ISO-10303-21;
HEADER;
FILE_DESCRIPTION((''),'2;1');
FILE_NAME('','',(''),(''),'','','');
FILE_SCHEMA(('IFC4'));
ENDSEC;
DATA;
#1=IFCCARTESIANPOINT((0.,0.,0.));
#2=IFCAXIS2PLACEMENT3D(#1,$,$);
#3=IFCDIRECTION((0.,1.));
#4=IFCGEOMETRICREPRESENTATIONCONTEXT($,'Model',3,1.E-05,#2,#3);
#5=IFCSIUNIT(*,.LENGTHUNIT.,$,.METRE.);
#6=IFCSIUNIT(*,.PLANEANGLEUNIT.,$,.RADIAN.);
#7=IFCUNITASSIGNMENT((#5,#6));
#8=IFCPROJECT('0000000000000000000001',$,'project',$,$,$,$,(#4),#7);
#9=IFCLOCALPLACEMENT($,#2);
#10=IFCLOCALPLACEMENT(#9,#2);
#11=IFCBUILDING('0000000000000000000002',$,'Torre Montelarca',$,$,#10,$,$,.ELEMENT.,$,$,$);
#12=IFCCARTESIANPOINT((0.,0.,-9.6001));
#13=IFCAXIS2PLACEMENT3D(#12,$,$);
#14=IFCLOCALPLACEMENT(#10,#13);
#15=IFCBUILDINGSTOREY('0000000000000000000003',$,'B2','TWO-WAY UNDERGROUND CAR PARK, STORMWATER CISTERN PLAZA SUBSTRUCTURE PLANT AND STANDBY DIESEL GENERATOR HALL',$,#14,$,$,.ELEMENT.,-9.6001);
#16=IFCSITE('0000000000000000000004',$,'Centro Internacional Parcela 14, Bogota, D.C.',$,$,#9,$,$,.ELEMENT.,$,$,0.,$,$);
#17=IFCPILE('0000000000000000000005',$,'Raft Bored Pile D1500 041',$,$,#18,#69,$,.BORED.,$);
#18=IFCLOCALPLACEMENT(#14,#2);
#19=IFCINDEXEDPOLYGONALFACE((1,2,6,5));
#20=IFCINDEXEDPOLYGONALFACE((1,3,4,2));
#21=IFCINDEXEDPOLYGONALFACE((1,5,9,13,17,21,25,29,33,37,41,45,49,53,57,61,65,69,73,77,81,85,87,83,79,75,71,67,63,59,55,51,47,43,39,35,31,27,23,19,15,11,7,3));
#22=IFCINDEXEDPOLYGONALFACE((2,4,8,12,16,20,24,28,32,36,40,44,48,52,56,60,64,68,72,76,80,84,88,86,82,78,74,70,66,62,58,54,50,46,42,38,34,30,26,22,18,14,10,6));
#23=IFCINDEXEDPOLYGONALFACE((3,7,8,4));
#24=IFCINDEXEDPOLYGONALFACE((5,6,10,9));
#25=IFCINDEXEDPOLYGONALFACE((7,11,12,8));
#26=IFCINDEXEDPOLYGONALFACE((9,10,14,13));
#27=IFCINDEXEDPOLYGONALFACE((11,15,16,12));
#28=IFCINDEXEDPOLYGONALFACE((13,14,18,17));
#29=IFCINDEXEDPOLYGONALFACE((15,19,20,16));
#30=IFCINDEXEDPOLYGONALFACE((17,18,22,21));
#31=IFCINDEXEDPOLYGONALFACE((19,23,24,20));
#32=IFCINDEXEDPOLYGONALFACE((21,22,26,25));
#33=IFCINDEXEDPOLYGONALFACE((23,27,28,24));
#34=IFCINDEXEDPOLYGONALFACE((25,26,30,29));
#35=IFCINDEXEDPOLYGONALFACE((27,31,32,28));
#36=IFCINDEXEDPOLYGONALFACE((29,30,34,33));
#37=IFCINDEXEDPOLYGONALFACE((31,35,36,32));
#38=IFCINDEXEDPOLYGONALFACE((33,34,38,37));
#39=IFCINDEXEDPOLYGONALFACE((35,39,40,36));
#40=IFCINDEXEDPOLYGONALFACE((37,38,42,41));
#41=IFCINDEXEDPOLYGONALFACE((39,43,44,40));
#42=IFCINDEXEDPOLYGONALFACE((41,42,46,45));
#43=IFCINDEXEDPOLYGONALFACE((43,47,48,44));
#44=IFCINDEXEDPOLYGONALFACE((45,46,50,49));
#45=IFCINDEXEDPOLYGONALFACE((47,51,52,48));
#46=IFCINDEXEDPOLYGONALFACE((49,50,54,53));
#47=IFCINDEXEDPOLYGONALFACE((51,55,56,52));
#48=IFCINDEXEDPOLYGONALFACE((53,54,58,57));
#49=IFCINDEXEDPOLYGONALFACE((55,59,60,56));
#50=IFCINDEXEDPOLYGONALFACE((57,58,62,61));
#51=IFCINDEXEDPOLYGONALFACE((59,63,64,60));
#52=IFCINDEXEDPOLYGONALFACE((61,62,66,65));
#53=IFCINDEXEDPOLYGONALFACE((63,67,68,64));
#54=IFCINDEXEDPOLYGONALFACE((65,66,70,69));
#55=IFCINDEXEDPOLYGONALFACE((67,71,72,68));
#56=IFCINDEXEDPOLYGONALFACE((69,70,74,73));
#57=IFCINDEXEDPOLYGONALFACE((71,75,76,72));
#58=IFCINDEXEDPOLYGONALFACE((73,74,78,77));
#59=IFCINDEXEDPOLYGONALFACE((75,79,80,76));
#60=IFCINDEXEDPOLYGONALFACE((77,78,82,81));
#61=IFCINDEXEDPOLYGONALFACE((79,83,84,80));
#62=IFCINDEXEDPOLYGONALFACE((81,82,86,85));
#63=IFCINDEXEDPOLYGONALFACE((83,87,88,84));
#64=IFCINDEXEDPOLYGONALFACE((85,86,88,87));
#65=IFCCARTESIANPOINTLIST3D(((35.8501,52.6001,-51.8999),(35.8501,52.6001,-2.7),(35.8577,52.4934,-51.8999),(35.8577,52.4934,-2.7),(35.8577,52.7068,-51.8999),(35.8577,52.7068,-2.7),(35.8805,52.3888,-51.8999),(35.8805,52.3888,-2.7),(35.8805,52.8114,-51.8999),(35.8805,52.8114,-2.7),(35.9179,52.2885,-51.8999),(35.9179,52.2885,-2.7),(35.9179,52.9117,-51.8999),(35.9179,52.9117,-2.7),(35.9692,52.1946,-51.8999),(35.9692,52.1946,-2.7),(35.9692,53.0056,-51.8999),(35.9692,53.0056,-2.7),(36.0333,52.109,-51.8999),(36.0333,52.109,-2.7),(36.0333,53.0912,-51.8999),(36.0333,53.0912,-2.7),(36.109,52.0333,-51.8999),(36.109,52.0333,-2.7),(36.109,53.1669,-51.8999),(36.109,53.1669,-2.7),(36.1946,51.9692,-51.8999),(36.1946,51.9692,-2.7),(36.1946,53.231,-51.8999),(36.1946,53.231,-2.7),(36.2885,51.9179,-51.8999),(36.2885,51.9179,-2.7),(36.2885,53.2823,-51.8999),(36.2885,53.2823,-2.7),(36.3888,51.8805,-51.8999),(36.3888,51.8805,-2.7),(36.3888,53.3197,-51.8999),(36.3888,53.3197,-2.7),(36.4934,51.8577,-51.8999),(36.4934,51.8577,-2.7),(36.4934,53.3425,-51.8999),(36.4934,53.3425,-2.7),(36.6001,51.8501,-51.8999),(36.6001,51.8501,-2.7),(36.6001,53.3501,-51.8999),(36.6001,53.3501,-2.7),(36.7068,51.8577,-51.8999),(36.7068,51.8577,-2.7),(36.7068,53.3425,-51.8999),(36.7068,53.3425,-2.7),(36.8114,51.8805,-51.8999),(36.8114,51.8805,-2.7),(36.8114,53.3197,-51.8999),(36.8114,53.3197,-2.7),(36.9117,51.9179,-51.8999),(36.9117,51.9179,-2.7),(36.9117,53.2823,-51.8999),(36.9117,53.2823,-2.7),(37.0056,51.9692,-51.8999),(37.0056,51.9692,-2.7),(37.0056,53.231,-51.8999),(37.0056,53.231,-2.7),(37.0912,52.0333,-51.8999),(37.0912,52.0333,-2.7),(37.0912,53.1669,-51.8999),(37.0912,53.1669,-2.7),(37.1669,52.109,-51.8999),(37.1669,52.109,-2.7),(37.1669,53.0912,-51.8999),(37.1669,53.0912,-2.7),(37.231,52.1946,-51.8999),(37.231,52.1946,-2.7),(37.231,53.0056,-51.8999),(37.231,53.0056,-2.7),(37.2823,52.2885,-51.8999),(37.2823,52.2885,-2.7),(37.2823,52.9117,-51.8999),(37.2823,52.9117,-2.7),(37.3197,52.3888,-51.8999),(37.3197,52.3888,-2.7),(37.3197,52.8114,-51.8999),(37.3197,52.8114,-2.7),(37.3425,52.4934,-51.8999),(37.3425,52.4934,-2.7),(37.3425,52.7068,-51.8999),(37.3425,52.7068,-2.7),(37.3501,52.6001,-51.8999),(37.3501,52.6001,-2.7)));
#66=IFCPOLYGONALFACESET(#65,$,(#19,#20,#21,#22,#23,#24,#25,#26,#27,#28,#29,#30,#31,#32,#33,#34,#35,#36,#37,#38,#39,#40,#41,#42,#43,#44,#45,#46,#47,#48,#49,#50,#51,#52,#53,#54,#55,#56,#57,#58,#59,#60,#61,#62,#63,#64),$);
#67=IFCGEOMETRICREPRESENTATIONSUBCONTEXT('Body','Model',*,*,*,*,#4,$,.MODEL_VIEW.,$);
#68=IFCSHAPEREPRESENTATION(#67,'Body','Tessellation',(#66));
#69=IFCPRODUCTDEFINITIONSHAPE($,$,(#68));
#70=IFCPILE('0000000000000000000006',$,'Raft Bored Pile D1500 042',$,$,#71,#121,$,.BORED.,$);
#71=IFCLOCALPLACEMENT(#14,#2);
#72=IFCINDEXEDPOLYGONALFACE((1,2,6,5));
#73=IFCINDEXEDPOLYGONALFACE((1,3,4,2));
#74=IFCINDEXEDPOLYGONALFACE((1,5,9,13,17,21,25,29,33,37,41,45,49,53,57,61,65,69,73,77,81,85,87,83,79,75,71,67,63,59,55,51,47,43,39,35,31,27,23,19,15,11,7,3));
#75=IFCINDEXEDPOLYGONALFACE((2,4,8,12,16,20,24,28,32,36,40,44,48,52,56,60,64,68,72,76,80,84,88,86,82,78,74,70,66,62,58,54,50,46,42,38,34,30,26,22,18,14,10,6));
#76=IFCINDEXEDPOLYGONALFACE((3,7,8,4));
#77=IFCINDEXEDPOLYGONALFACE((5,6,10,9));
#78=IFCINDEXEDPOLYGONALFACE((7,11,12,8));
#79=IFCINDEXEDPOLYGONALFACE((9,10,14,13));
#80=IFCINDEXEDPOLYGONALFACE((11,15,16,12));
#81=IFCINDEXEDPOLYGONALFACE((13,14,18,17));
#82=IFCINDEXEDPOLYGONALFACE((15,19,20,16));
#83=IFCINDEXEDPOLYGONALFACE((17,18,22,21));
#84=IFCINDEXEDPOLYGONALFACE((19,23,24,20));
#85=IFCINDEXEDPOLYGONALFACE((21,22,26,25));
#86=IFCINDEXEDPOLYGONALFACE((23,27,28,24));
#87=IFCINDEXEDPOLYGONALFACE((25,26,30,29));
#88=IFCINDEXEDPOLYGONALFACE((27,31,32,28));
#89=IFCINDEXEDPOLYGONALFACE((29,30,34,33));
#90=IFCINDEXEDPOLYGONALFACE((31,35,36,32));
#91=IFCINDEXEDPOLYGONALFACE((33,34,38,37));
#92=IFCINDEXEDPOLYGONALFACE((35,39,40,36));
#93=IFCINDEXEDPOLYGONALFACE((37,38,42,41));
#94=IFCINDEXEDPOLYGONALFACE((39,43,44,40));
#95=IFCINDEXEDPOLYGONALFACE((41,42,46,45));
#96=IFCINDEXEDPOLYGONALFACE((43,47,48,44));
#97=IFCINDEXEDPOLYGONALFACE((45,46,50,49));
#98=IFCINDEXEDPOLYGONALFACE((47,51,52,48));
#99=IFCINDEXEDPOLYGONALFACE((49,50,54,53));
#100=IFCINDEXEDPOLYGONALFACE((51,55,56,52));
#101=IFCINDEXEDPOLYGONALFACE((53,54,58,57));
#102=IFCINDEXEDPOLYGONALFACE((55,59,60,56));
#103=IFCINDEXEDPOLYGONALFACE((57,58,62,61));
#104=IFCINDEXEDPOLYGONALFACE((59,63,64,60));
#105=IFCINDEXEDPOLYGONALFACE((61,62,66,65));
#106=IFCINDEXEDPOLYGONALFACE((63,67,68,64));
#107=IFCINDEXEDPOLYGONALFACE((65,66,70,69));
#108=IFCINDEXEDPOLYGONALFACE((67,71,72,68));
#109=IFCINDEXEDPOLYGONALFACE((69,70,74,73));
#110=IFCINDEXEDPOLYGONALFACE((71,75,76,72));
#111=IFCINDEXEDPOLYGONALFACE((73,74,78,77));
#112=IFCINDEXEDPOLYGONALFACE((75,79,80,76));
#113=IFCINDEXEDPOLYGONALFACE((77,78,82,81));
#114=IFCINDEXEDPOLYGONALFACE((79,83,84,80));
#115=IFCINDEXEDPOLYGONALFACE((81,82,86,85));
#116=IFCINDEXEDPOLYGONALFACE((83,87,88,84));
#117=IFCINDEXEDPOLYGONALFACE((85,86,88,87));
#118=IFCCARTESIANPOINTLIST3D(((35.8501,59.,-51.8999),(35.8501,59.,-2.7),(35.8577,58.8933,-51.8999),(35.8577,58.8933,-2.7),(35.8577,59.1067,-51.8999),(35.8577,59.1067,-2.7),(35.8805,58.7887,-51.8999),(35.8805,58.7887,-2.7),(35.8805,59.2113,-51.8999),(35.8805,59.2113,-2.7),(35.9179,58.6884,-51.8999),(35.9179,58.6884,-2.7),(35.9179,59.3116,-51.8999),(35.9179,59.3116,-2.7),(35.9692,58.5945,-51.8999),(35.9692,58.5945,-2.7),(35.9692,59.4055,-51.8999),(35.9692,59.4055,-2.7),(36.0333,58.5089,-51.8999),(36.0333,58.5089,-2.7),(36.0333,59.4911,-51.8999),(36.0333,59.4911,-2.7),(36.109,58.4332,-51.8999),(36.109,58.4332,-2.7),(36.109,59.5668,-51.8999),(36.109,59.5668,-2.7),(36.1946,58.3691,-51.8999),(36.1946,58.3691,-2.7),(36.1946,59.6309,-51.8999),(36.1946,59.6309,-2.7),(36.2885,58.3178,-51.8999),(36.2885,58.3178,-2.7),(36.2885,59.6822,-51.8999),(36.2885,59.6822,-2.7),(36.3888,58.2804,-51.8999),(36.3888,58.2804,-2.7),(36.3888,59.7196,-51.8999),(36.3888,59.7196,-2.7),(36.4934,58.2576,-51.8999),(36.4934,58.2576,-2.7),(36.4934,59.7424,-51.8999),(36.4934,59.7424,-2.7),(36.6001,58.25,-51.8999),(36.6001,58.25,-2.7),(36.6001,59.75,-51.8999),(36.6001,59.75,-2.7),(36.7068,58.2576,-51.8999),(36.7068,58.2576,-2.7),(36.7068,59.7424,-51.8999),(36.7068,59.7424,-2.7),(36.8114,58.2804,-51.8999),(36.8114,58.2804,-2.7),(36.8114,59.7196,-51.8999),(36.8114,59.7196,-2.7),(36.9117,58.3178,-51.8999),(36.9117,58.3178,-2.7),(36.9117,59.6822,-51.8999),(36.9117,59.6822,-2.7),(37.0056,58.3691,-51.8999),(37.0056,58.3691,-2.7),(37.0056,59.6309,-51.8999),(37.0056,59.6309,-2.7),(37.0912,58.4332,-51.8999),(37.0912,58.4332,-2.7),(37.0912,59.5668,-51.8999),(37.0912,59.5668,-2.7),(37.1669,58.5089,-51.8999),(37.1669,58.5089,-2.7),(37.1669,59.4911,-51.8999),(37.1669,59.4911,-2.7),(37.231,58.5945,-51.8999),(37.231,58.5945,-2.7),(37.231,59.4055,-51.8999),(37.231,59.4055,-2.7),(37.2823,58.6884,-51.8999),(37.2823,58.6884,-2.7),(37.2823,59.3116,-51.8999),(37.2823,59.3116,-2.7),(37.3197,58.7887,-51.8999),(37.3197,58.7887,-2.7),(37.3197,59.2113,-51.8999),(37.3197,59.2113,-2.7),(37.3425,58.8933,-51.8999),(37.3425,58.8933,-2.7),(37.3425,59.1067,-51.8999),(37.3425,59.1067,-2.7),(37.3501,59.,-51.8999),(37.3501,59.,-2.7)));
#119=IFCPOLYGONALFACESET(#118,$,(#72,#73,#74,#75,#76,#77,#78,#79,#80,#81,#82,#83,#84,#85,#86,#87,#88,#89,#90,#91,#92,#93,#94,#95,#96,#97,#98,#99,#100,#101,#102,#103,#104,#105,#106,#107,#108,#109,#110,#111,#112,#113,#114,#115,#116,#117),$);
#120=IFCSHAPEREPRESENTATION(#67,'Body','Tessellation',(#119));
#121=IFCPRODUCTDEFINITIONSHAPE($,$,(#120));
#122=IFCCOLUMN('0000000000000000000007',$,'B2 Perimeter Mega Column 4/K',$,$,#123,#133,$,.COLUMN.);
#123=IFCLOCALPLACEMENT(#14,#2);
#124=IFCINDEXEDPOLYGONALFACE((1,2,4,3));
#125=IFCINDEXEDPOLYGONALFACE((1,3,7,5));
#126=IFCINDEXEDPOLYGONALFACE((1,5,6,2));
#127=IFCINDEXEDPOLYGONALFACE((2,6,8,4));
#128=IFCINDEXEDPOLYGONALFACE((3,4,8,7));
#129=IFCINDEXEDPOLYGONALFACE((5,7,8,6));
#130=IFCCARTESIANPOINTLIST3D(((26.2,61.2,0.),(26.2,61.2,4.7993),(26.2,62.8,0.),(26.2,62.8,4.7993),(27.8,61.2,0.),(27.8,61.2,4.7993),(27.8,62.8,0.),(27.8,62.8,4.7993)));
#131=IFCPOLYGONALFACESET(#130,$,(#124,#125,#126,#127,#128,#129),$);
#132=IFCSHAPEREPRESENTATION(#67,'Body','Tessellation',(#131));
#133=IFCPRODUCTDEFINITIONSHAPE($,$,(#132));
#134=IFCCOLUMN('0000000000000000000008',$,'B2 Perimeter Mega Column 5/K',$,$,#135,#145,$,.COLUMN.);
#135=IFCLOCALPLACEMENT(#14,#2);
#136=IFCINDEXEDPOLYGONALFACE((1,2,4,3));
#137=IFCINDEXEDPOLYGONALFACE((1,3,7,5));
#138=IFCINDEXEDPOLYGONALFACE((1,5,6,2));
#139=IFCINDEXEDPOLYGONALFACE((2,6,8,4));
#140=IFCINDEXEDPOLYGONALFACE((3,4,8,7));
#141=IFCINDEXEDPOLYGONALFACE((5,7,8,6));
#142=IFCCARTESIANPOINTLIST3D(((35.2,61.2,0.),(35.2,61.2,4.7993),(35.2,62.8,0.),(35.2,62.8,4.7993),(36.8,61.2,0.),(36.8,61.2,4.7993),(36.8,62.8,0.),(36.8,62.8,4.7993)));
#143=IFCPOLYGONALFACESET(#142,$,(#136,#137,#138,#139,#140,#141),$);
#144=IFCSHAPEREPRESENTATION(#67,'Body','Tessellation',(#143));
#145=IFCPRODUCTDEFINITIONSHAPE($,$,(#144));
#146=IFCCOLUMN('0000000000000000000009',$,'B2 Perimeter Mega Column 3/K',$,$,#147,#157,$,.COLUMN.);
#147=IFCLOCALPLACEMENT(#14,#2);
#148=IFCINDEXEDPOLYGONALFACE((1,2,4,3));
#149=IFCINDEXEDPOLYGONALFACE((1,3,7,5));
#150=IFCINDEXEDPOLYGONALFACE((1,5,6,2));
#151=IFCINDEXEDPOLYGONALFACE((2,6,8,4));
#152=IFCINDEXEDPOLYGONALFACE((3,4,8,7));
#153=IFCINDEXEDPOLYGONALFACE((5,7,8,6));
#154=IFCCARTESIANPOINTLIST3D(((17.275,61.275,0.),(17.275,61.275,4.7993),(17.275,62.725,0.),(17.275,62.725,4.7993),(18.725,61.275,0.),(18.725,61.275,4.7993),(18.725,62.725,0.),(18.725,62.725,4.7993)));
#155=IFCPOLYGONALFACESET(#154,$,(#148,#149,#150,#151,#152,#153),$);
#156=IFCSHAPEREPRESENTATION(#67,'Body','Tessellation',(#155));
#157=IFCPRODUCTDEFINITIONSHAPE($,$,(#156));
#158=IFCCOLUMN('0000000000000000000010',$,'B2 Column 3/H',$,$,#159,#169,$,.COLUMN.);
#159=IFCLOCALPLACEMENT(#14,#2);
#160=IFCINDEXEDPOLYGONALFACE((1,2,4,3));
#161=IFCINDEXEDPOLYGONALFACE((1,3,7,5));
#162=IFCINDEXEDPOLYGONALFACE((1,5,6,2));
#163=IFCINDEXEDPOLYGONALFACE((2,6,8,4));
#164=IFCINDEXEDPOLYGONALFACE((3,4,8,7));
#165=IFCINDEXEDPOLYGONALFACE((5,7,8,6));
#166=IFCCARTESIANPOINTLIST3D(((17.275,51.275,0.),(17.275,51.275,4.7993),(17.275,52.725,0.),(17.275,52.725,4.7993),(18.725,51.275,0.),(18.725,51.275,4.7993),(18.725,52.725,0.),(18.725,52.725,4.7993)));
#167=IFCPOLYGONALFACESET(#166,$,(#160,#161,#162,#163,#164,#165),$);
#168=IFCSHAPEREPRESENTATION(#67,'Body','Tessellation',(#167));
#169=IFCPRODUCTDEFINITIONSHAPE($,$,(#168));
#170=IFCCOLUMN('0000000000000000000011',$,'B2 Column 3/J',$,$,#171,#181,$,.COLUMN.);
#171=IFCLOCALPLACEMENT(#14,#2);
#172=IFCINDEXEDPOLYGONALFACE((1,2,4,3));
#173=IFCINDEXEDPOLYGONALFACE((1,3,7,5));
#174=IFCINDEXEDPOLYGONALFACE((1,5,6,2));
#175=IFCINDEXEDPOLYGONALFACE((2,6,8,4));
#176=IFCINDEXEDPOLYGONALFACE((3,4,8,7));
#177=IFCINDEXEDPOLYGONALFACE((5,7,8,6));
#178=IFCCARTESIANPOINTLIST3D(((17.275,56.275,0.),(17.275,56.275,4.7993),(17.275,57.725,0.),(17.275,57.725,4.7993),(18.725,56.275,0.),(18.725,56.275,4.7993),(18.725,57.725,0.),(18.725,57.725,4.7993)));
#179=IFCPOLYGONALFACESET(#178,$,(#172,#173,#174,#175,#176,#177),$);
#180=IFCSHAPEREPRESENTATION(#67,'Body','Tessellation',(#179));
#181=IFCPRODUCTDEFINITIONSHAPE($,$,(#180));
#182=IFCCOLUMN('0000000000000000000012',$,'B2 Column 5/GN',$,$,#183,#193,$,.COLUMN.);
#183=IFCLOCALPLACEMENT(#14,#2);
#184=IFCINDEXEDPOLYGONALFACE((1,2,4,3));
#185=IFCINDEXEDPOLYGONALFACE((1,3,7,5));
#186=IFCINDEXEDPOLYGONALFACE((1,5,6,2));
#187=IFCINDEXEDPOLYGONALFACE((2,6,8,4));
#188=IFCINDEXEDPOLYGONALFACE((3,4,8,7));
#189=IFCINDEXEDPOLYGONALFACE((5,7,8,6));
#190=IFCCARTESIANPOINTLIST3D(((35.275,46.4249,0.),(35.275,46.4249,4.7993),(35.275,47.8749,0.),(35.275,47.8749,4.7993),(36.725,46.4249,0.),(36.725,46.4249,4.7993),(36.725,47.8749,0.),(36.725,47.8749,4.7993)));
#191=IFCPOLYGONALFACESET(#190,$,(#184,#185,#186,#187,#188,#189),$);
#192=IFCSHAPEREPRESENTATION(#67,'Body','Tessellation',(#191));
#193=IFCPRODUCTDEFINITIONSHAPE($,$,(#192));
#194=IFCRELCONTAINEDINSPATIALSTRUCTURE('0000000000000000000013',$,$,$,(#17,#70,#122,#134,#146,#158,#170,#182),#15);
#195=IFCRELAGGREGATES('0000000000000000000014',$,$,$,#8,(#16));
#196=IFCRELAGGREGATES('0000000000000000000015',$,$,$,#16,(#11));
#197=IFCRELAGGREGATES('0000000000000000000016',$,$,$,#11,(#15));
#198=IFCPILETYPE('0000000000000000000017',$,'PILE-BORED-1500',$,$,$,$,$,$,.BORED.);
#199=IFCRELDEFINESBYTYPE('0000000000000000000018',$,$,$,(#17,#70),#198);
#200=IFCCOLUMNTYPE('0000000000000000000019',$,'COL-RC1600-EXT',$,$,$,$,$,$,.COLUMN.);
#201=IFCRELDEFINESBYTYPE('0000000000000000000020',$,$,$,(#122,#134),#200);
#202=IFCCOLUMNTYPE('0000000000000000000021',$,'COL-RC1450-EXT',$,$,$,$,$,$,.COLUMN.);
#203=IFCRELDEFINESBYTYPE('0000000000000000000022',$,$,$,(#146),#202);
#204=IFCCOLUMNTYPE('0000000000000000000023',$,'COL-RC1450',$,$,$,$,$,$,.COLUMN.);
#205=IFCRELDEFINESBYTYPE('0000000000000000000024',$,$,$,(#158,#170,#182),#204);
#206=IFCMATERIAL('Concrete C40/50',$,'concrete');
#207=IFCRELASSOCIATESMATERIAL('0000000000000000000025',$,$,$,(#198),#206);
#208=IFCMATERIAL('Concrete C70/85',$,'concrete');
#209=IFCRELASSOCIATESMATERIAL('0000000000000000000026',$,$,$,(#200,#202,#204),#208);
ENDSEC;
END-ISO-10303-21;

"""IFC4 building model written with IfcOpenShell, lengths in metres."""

from ifc_helpers import new_model, si_unit, direction, frame, origin, origin_2d, place, context, subcontext, project, spatial, rectangle, circle, extrude, source, transform, mapped, material, material_profile, profile_set, type_object, element, save


model = new_model("IFC4")

# Units and contexts
model_context = context("Model", 3, precision=1e-05, world=origin(), true_north=direction((0.0, 1.0)))
body_context = subcontext(model_context, "Body", "Model", "MODEL_VIEW")
ifc_project = project(units=[si_unit("LENGTHUNIT", "METRE"), si_unit("PLANEANGLEUNIT", "RADIAN")], contexts=[model_context])

# Site, building, storey
site_placement = place(None, origin())
site = spatial("IfcSite", under=ifc_project, at=site_placement, Name="Centro Internacional Parcela 14, Bogota, D.C.", CompositionType="ELEMENT", RefElevation=0.0)
building_placement = place(site_placement, origin())
building = spatial("IfcBuilding", under=site, at=building_placement, Name="Torre Montelarca", CompositionType="ELEMENT")
storey_placement = place(building_placement, frame((0.0, 0.0, -9.6001)))
storey = spatial("IfcBuildingStorey", under=building, at=storey_placement, Name="B2", Description="TWO-WAY UNDERGROUND CAR PARK, STORMWATER CISTERN PLAZA SUBSTRUCTURE PLANT AND STANDBY DIESEL GENERATOR HALL", CompositionType="ELEMENT", Elevation=-9.6001)

# Piles
ifc_material_1 = material(Name="Concrete C40/50", Category="concrete")
ifc_material_profile_1 = material_profile(ifc_material_1, circle(Radius=0.75, at=origin_2d()), Name="PILE-D1500", Category="concrete")
ifc_profile_set_1 = profile_set([ifc_material_profile_1], Name="Concrete C40/50")
pile_type = type_object("IfcPileType", Name="PILE-BORED-1500", PredefinedType="BORED", material=ifc_profile_set_1)
shared_shape_1 = source(origin(), body_context, "Body", "SweptSolid", [
    extrude(circle(Radius=0.75, at=origin_2d()), origin(), (0.0, 0.0, 1.0), 49.2),
])
for number, where, z_axis, x_axis, name in (
    (1, (36.6001, 52.6001, -2.7), (0.0, 0.0, -1.0), (1.0, 0.0, 0.0), "Raft Bored Pile D1500 041"),
    (2, (36.6001, 59.0, -2.7), (0.0, 0.0, -1.0), (1.0, 0.0, 0.0), "Raft Bored Pile D1500 042"),
):
    element("IfcPile", number, at=place(storey_placement, frame(where, z_axis=z_axis, x_axis=x_axis)), inside=storey, type_object=pile_type, Name=name, PredefinedType="BORED", context=body_context, shape_type="MappedRepresentation", body=[
        mapped(shared_shape_1, transform((0.0, 0.0, 0.0), scale=1.0)),
    ])

# Columns
ifc_material_2 = material(Name="Concrete C70/85", Category="concrete")
ifc_material_profile_2 = material_profile(ifc_material_2, rectangle(XDim=1.6001, YDim=1.6001, at=origin_2d()), Name="RC1600X1600", Category="concrete")
ifc_profile_set_2 = profile_set([ifc_material_profile_2], Name="Concrete C70/85")
column_type_1 = type_object("IfcColumnType", Name="COL-RC1600-EXT", PredefinedType="COLUMN", material=ifc_profile_set_2)
shared_shape_2 = source(origin(), body_context, "Body", "SweptSolid", [
    extrude(rectangle(XDim=1.6001, YDim=1.6001, at=origin_2d()), origin(), (0.0, 0.0, 1.0), 4.7993),
])
for number, where, z_axis, x_axis, name in (
    (3, (27.0, 62.0, 0.0), (0.0, 0.0, 1.0), (1.0, 0.0, 0.0), "B2 Perimeter Mega Column 4/K"),
    (4, (36.0, 62.0, 0.0), (0.0, 0.0, 1.0), (1.0, 0.0, 0.0), "B2 Perimeter Mega Column 5/K"),
):
    element("IfcColumn", number, at=place(storey_placement, frame(where, z_axis=z_axis, x_axis=x_axis)), inside=storey, type_object=column_type_1, Name=name, PredefinedType="COLUMN", context=body_context, shape_type="MappedRepresentation", body=[
        mapped(shared_shape_2, transform((0.0, 0.0, 0.0), scale=1.0)),
    ])
ifc_material_profile_3 = material_profile(ifc_material_2, rectangle(XDim=1.45, YDim=1.45, at=origin_2d()), Name="RC1450X1450", Category="concrete")
ifc_profile_set_3 = profile_set([ifc_material_profile_3], Name="Concrete C70/85")
column_type_2 = type_object("IfcColumnType", Name="COL-RC1450-EXT", PredefinedType="COLUMN", material=ifc_profile_set_3)
shared_shape_3 = source(origin(), body_context, "Body", "SweptSolid", [
    extrude(rectangle(XDim=1.45, YDim=1.45, at=origin_2d()), origin(), (0.0, 0.0, 1.0), 4.7993),
])
column_placement = place(storey_placement, frame((18.0, 62.0, 0.0), z_axis=(0.0, 0.0, 1.0), x_axis=(1.0, 0.0, 0.0)))
element("IfcColumn", 5, at=column_placement, inside=storey, type_object=column_type_2, Name="B2 Perimeter Mega Column 3/K", PredefinedType="COLUMN", context=body_context, shape_type="MappedRepresentation", body=[
    mapped(shared_shape_3, transform((0.0, 0.0, 0.0), scale=1.0)),
])
ifc_material_profile_4 = material_profile(ifc_material_2, rectangle(XDim=1.45, YDim=1.45, at=origin_2d()), Name="RC1450X1450", Category="concrete")
ifc_profile_set_4 = profile_set([ifc_material_profile_4], Name="Concrete C70/85")
column_type_3 = type_object("IfcColumnType", Name="COL-RC1450", PredefinedType="COLUMN", material=ifc_profile_set_4)
shared_shape_4 = source(origin(), body_context, "Body", "SweptSolid", [
    extrude(rectangle(XDim=1.45, YDim=1.45, at=origin_2d()), origin(), (0.0, 0.0, 1.0), 4.7993),
])
for number, where, z_axis, x_axis, name in (
    (6, (18.0, 52.0, 0.0), (0.0, 0.0, 1.0), (1.0, 0.0, 0.0), "B2 Column 3/H"),
    (7, (18.0, 57.0, 0.0), (0.0, 0.0, 1.0), (1.0, 0.0, 0.0), "B2 Column 3/J"),
    (8, (36.0, 47.1499, 0.0), (0.0, 0.0, 1.0), (1.0, 0.0, 0.0), "B2 Column 5/GN"),
):
    element("IfcColumn", number, at=place(storey_placement, frame(where, z_axis=z_axis, x_axis=x_axis)), inside=storey, type_object=column_type_3, Name=name, PredefinedType="COLUMN", context=body_context, shape_type="MappedRepresentation", body=[
        mapped(shared_shape_4, transform((0.0, 0.0, 0.0), scale=1.0)),
    ])

save(model, "model.ifc")
